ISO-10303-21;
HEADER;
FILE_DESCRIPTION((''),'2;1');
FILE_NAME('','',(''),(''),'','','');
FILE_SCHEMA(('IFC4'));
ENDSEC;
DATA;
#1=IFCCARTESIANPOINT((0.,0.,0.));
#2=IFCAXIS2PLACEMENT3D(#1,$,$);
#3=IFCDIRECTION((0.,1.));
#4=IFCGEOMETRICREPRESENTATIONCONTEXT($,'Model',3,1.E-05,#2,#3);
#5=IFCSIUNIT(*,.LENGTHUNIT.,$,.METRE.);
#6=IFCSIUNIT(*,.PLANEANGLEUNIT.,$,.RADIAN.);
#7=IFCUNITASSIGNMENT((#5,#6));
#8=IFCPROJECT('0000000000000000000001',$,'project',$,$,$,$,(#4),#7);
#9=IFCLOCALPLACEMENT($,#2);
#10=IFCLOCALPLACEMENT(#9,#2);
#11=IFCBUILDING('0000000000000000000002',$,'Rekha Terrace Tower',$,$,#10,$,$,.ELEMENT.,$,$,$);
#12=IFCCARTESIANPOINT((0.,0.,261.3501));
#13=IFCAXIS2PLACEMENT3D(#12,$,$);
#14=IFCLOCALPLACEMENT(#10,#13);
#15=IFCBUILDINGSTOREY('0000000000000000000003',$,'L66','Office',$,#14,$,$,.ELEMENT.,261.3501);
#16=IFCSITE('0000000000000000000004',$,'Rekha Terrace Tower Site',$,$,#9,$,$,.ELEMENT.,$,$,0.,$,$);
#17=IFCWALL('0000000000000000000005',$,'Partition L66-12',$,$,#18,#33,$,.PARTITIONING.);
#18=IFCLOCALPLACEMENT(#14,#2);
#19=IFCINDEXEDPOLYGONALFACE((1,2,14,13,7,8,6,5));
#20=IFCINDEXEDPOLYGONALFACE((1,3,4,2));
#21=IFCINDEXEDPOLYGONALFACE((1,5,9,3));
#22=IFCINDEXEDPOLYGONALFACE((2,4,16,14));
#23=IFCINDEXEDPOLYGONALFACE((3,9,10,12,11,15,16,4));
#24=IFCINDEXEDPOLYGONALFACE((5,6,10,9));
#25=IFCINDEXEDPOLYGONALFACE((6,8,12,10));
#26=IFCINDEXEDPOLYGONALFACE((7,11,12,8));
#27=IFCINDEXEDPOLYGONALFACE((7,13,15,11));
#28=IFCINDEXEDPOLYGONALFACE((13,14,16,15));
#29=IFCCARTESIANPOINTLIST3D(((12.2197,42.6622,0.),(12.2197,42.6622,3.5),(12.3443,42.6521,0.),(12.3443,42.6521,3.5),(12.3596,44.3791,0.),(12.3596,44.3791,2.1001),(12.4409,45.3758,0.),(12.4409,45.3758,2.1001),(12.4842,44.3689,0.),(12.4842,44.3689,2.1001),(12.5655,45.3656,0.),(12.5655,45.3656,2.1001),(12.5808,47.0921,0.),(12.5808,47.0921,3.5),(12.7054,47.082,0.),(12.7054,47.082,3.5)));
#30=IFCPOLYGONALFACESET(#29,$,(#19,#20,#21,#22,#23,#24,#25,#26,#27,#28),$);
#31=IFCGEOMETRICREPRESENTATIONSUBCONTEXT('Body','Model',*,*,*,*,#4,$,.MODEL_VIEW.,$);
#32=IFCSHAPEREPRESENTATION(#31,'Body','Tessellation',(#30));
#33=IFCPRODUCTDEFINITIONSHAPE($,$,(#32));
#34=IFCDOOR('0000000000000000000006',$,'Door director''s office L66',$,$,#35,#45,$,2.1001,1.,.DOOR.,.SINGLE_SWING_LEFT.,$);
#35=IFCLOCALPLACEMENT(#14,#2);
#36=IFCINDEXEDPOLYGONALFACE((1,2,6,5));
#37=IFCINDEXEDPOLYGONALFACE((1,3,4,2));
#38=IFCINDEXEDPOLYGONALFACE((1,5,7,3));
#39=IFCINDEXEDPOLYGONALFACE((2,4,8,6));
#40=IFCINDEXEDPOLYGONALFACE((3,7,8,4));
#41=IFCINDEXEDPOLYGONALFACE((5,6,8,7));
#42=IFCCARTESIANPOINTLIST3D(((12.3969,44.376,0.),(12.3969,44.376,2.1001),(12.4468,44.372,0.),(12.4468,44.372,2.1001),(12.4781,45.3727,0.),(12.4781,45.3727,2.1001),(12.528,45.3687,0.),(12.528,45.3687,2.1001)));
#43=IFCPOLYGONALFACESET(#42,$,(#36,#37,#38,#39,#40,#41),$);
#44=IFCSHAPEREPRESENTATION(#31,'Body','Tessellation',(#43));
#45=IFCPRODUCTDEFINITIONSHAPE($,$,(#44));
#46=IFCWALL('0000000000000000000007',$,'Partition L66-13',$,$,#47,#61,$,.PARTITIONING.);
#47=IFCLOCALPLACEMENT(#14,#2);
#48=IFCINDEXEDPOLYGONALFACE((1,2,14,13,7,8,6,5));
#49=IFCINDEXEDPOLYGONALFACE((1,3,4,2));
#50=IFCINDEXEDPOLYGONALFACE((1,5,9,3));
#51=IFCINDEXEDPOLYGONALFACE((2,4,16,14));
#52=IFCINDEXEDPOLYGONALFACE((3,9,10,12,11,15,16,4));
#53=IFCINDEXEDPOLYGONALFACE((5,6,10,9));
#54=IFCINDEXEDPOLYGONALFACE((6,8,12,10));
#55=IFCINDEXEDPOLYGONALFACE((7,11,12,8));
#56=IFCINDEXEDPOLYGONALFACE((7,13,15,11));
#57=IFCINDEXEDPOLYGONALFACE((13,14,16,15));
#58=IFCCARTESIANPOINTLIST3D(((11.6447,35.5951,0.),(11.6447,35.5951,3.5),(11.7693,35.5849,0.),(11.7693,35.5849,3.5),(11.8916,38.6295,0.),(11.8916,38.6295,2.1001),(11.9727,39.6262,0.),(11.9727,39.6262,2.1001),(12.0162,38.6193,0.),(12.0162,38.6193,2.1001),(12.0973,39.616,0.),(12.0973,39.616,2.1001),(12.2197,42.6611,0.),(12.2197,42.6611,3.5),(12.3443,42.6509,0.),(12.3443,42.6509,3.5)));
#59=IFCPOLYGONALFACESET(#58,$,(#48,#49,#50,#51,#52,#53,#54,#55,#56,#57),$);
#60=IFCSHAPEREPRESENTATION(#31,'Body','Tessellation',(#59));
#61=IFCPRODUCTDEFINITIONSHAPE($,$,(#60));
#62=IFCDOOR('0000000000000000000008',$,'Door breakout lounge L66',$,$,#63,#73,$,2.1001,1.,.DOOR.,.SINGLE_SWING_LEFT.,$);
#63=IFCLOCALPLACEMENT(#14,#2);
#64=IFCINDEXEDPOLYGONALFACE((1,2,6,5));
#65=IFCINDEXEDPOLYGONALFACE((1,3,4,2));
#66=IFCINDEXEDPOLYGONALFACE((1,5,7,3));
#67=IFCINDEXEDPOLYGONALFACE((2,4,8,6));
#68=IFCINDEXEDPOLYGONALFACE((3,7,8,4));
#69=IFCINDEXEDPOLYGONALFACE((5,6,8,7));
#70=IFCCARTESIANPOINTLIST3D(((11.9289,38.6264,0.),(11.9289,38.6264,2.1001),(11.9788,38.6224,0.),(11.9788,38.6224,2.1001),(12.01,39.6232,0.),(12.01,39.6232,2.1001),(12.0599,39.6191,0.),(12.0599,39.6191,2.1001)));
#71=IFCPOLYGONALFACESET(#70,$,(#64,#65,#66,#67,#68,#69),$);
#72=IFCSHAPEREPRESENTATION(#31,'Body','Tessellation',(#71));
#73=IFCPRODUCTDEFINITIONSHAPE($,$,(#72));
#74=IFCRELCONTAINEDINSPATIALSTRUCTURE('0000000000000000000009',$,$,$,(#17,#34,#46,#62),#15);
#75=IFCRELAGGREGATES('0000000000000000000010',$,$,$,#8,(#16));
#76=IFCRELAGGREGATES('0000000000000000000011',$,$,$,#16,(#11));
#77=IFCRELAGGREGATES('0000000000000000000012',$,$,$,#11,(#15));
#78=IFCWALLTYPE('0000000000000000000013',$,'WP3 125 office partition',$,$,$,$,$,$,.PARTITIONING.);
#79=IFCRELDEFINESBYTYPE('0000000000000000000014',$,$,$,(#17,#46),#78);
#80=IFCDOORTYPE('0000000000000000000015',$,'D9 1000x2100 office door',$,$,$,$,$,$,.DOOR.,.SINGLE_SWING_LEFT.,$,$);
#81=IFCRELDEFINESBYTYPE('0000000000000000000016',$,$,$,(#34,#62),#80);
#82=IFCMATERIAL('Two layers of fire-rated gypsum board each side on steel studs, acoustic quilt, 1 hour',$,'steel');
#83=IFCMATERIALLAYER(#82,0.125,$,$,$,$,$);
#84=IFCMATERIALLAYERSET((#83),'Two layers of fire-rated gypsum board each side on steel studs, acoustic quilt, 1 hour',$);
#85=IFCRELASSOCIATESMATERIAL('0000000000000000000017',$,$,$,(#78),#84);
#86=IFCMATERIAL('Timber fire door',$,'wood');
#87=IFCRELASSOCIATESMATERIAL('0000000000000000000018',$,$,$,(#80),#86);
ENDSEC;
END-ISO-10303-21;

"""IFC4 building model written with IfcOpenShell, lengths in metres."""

from ifc_helpers import new_model, si_unit, direction, frame, frame_2d, origin, place, context, subcontext, project, spatial, rectangle, extrude, material, layer, layer_set, type_object, element, fill, save


model = new_model("IFC4")

# Units and contexts
model_context = context("Model", 3, precision=1e-05, world=origin(), true_north=direction((0.0, 1.0)))
body_context = subcontext(model_context, "Body", "Model", "MODEL_VIEW")
ifc_project = project(units=[si_unit("LENGTHUNIT", "METRE"), si_unit("PLANEANGLEUNIT", "RADIAN")], contexts=[model_context])

# Site, building, storey
site_placement = place(None, origin())
site = spatial("IfcSite", under=ifc_project, at=site_placement, Name="Rekha Terrace Tower Site", CompositionType="ELEMENT", RefElevation=0.0)
building_placement = place(site_placement, origin())
building = spatial("IfcBuilding", under=site, at=building_placement, Name="Rekha Terrace Tower", CompositionType="ELEMENT")
storey_placement = place(building_placement, frame((0.0, 0.0, 261.3501)))
storey = spatial("IfcBuildingStorey", under=building, at=storey_placement, Name="L66", Description="Office", CompositionType="ELEMENT", Elevation=261.3501)

# Shared definitions
ifc_material_1 = material(Name="Two layers of fire-rated gypsum board each side on steel studs, acoustic quilt, 1 hour", Category="steel")
ifc_layer_1 = layer(ifc_material_1, 0.125)
ifc_layer_set_1 = layer_set([ifc_layer_1], Name="Two layers of fire-rated gypsum board each side on steel studs, acoustic quilt, 1 hour")
wall_type = type_object("IfcWallType", Name="WP3 125 office partition", PredefinedType="PARTITIONING", material=ifc_layer_set_1)

# Walls, openings, doors
wall_1_placement = place(storey_placement, frame((12.6431, 47.0869, 0.0), z_axis=(0.0, 0.0, 1.0), x_axis=(-0.081241, -0.996695, 0.0)))
wall_1 = element("IfcWall", 1, at=wall_1_placement, inside=storey, type_object=wall_type, Name="Partition L66-12", PredefinedType="PARTITIONING", context=body_context, shape_type="SweptSolid", body=[
    extrude(rectangle(XDim=4.4446, YDim=0.125, at=frame_2d((2.2222, 0.0))), origin(), (0.0, 0.0, 1.0), 3.5),
])
opening_1_placement = place(wall_1_placement, frame((1.7219, 0.0, 0.0)))
opening_1 = element("IfcOpeningElement", 2, at=opening_1_placement, cuts=wall_1, PredefinedType="OPENING", context=body_context, shape_type="SweptSolid", body=[
    extrude(rectangle(XDim=1.0, YDim=2.1001, at=frame_2d((0.5, 1.05))), frame((0.0, 0.0725, 0.0), z_axis=(0.0, -1.0, 0.0), x_axis=(1.0, 0.0, 0.0)), (0.0, 0.0, 1.0), 0.145),
])
ifc_material_2 = material(Name="Timber fire door", Category="wood")
door_type = type_object("IfcDoorType", Name="D9 1000x2100 office door", OperationType="SINGLE_SWING_LEFT", PredefinedType="DOOR", material=ifc_material_2)
door_1_placement = place(opening_1_placement, origin())
door_1 = element("IfcDoor", 3, at=door_1_placement, inside=storey, type_object=door_type, Name="Door director's office L66", OperationType="SINGLE_SWING_LEFT", OverallHeight=2.1001, OverallWidth=1.0, PredefinedType="DOOR", context=body_context, shape_type="SweptSolid", body=[
    extrude(rectangle(XDim=1.0, YDim=2.1001, at=frame_2d((0.5, 1.05))), frame((0.0, 0.0249, 0.0), z_axis=(0.0, -1.0, 0.0), x_axis=(1.0, 0.0, 0.0)), (0.0, 0.0, 1.0), 0.05),
])
fill(opening_1, door_1)
wall_2_placement = place(storey_placement, frame((12.282, 42.656, 0.0), z_axis=(0.0, 0.0, 1.0), x_axis=(-0.081102, -0.996706, 0.0)))
wall_2 = element("IfcWall", 4, at=wall_2_placement, inside=storey, type_object=wall_type, Name="Partition L66-13", PredefinedType="PARTITIONING", context=body_context, shape_type="SweptSolid", body=[
    extrude(rectangle(XDim=7.0894, YDim=0.125, at=frame_2d((3.5447, 0.0))), origin(), (0.0, 0.0, 1.0), 3.5),
])
opening_2_placement = place(wall_2_placement, frame((3.0449, 0.0, 0.0)))
opening_2 = element("IfcOpeningElement", 5, at=opening_2_placement, cuts=wall_2, PredefinedType="OPENING", context=body_context, shape_type="SweptSolid", body=[
    extrude(rectangle(XDim=1.0, YDim=2.1001, at=frame_2d((0.5, 1.05))), frame((0.0, 0.0725, 0.0), z_axis=(0.0, -1.0, 0.0), x_axis=(1.0, 0.0, 0.0)), (0.0, 0.0, 1.0), 0.145),
])
door_2_placement = place(opening_2_placement, origin())
door_2 = element("IfcDoor", 6, at=door_2_placement, inside=storey, type_object=door_type, Name="Door breakout lounge L66", OperationType="SINGLE_SWING_LEFT", OverallHeight=2.1001, OverallWidth=1.0, PredefinedType="DOOR", context=body_context, shape_type="SweptSolid", body=[
    extrude(rectangle(XDim=1.0, YDim=2.1001, at=frame_2d((0.5, 1.05))), frame((0.0, 0.0249, 0.0), z_axis=(0.0, -1.0, 0.0), x_axis=(1.0, 0.0, 0.0)), (0.0, 0.0, 1.0), 0.05),
])
fill(opening_2, door_2)

save(model, "model.ifc")
